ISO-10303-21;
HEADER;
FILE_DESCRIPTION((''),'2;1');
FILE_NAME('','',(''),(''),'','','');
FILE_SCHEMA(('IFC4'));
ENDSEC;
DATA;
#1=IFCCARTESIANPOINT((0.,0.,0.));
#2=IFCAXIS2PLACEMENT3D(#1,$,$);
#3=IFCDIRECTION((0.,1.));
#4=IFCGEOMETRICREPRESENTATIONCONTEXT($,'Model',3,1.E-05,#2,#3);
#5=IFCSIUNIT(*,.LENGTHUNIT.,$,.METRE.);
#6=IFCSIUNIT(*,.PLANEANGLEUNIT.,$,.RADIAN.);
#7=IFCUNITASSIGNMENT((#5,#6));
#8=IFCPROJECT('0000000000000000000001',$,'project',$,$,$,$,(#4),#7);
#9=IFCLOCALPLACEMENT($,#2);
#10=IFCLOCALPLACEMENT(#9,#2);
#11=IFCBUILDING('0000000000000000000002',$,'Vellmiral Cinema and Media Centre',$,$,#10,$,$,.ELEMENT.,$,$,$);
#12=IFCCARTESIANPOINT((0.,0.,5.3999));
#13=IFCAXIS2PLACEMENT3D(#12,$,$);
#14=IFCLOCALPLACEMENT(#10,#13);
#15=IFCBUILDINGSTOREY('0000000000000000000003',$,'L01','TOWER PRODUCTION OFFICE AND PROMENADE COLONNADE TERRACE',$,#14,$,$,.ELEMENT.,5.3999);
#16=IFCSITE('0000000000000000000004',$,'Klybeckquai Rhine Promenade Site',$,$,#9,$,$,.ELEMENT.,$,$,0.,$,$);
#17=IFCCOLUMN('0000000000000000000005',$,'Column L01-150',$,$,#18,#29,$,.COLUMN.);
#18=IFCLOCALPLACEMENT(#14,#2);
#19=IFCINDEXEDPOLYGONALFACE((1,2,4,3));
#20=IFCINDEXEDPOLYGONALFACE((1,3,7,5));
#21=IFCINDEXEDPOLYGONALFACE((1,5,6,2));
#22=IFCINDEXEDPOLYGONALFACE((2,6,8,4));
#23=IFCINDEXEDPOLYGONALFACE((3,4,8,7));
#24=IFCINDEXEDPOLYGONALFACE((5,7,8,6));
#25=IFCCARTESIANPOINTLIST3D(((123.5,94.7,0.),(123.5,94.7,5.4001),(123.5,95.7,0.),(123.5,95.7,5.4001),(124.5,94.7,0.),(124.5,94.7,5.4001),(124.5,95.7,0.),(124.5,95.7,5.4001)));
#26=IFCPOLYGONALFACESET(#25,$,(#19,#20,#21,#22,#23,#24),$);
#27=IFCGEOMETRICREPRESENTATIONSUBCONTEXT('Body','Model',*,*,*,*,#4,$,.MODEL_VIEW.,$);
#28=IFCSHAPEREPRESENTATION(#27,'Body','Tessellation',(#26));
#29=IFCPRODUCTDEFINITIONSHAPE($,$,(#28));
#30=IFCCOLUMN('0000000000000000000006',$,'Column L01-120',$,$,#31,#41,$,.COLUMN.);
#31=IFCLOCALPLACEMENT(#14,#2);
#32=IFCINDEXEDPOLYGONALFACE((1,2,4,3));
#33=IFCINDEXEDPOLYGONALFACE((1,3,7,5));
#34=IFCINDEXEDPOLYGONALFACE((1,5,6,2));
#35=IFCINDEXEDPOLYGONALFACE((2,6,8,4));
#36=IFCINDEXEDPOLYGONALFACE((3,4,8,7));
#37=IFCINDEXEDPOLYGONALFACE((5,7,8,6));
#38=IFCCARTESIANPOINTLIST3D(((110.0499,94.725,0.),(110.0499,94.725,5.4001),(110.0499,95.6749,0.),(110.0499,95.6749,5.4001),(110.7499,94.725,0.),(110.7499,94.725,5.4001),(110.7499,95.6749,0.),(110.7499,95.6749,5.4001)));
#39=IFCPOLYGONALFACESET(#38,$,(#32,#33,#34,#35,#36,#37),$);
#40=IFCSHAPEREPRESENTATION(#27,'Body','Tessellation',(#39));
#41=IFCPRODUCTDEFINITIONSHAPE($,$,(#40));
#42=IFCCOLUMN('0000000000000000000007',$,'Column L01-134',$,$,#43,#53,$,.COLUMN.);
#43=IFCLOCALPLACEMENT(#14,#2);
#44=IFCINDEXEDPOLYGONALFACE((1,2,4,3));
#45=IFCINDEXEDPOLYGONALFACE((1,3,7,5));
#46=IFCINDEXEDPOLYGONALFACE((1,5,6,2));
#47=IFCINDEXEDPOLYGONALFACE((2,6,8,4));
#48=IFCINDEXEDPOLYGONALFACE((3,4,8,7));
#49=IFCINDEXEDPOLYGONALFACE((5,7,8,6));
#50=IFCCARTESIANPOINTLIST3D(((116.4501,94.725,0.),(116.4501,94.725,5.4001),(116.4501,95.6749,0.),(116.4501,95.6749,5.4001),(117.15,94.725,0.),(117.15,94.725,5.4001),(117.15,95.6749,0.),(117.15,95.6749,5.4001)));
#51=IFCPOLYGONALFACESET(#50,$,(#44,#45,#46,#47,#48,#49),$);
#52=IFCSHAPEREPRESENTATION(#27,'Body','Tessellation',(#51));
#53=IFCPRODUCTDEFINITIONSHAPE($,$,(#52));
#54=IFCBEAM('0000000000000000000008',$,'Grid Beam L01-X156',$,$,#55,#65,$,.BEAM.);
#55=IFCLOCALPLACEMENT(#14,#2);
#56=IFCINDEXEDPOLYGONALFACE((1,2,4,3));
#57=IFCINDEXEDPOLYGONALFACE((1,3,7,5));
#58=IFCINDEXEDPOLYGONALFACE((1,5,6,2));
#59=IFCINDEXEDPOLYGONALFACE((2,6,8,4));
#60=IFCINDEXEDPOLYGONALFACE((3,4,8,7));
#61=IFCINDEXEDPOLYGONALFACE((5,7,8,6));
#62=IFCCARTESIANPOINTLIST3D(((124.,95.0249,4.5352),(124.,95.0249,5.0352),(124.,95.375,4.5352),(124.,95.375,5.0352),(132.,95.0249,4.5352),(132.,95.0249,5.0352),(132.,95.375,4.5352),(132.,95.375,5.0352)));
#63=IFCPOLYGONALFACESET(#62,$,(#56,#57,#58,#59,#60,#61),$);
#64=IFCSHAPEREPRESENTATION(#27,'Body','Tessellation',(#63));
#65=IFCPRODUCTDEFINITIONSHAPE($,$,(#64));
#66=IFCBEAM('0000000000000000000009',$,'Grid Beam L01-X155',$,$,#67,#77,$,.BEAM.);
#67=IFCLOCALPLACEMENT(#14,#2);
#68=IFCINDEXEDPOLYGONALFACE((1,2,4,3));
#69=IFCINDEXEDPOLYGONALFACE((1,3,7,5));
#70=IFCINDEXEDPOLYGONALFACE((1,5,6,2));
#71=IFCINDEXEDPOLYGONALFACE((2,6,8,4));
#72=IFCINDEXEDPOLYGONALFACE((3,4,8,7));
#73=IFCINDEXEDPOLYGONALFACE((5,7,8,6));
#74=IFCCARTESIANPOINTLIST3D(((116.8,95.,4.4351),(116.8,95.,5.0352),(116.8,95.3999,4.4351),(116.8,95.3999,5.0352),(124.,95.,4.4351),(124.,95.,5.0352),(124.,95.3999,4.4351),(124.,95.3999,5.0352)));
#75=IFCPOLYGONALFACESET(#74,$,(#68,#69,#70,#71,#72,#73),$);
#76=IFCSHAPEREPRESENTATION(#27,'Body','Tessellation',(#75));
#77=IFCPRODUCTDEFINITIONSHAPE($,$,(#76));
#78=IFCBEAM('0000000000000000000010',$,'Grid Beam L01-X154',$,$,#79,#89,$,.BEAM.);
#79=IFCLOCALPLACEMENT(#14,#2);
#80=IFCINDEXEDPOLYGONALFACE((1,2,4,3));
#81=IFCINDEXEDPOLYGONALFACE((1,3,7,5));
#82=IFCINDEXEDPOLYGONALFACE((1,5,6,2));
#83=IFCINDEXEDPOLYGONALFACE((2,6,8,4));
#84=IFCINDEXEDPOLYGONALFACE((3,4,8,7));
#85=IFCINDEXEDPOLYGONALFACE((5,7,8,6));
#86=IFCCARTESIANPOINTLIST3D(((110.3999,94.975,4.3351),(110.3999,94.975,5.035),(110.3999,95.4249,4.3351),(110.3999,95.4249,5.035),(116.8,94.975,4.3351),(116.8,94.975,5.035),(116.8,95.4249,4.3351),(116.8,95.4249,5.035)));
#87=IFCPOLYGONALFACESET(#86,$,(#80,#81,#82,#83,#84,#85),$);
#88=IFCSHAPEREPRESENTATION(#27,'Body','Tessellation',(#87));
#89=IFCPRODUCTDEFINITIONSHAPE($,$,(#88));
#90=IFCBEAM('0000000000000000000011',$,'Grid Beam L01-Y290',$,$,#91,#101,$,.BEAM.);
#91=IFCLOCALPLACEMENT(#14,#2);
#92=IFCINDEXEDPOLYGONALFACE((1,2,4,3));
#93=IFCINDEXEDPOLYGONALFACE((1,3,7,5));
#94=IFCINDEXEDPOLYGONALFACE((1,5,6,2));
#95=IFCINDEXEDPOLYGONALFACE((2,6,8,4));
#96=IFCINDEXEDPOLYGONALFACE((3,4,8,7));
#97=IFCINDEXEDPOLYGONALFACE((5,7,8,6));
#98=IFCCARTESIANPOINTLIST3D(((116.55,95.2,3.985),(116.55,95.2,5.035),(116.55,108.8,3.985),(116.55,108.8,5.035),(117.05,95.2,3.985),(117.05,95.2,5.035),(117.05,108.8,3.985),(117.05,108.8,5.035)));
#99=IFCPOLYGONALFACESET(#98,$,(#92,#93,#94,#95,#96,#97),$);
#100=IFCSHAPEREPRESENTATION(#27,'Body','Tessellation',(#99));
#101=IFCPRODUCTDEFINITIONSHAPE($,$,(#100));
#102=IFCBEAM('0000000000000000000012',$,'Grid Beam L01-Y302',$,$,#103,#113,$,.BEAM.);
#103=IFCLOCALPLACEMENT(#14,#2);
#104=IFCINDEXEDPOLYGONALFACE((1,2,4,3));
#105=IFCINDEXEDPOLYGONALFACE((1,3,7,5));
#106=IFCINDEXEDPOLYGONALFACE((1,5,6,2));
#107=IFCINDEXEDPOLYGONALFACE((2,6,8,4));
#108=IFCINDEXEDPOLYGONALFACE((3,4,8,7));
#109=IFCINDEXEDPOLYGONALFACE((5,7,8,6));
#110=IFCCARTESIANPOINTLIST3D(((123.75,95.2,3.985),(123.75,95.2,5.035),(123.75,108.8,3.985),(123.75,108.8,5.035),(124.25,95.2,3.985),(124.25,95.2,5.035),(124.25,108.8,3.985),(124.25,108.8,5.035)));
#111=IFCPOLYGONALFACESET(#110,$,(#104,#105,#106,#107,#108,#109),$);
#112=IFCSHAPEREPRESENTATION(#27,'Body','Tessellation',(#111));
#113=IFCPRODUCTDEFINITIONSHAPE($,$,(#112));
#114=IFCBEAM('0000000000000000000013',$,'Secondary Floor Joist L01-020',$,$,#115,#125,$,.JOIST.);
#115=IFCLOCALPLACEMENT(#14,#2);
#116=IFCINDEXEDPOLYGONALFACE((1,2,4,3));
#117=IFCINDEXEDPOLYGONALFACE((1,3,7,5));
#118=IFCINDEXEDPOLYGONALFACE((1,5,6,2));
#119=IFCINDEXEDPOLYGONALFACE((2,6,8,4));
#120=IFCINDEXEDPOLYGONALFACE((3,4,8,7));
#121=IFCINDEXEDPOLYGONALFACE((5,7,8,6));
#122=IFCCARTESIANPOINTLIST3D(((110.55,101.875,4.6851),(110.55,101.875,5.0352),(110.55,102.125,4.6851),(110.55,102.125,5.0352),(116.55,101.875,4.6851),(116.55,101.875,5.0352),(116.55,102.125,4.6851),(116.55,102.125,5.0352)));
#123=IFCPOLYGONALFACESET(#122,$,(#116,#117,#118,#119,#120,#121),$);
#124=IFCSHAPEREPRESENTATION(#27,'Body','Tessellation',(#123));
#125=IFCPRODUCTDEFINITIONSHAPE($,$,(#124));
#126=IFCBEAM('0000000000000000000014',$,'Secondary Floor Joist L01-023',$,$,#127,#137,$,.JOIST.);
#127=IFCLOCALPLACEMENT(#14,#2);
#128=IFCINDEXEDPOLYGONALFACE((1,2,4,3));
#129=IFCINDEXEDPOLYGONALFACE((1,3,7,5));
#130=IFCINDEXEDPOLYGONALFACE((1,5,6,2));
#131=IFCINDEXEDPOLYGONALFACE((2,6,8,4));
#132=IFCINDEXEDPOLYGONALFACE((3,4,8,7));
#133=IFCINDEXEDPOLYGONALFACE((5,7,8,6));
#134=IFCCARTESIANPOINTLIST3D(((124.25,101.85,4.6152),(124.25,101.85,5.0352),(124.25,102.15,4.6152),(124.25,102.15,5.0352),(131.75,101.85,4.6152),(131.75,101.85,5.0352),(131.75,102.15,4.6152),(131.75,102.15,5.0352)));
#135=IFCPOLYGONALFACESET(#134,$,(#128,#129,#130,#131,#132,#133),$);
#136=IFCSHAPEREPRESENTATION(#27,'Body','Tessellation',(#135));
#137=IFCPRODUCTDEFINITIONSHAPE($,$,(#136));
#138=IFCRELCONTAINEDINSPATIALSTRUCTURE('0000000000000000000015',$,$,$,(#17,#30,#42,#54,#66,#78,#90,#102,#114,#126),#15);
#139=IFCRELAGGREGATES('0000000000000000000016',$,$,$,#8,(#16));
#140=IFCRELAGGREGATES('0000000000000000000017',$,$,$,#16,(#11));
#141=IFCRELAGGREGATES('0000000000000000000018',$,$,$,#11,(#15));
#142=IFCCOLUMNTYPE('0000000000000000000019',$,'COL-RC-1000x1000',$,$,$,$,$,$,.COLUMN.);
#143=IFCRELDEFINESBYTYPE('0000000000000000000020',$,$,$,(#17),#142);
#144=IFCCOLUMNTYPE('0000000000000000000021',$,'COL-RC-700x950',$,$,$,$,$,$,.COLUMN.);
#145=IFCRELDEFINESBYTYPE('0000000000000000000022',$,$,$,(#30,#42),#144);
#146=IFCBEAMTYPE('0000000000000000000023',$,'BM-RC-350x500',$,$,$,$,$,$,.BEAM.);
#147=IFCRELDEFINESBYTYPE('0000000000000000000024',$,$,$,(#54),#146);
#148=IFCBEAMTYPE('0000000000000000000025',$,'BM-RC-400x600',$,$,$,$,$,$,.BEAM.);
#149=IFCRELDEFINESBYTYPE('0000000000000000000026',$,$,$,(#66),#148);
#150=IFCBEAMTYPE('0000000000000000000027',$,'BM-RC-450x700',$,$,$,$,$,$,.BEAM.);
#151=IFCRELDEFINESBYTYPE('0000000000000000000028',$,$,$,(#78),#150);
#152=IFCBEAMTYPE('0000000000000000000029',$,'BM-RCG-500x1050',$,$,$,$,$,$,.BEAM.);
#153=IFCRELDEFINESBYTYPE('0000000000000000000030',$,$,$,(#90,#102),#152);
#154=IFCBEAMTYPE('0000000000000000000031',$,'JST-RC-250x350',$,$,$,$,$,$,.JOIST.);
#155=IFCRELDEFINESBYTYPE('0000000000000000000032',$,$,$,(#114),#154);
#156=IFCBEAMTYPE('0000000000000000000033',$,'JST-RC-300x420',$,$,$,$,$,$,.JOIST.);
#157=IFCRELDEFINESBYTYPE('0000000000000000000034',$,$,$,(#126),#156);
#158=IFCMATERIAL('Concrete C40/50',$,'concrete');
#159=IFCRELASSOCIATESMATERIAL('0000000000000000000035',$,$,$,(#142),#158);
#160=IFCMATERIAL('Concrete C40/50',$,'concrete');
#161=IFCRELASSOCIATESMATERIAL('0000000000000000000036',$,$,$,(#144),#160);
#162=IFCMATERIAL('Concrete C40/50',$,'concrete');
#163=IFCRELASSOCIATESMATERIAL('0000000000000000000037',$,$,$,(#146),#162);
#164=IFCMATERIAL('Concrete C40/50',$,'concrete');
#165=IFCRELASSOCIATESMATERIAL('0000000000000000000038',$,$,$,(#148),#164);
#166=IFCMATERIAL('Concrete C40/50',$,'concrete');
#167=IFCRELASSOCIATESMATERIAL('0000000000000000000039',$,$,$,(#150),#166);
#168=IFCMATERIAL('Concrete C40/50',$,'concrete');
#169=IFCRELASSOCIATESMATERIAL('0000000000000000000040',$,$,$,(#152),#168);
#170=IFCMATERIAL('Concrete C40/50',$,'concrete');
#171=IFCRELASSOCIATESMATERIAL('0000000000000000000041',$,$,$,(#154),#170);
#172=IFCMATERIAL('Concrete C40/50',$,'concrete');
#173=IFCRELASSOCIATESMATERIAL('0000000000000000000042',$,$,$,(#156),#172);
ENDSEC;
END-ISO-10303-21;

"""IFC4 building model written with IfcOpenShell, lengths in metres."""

from ifc_helpers import new_model, si_unit, direction, frame, origin, origin_2d, place, context, subcontext, project, spatial, rectangle, extrude, material, material_profile, profile_set, type_object, element, save


model = new_model("IFC4")

# Units and contexts
model_context = context("Model", 3, precision=1e-05, world=origin(), true_north=direction((0.0, 1.0)))
body_context = subcontext(model_context, "Body", "Model", "MODEL_VIEW")
ifc_project = project(units=[si_unit("LENGTHUNIT", "METRE"), si_unit("PLANEANGLEUNIT", "RADIAN")], contexts=[model_context])

# Site, building, storey
site_placement = place(None, origin())
site = spatial("IfcSite", under=ifc_project, at=site_placement, Name="Klybeckquai Rhine Promenade Site", CompositionType="ELEMENT", RefElevation=0.0)
building_placement = place(site_placement, origin())
building = spatial("IfcBuilding", under=site, at=building_placement, Name="Vellmiral Cinema and Media Centre", CompositionType="ELEMENT")
storey_placement = place(building_placement, frame((0.0, 0.0, 5.3999)))
storey = spatial("IfcBuildingStorey", under=building, at=storey_placement, Name="L01", Description="TOWER PRODUCTION OFFICE AND PROMENADE COLONNADE TERRACE", CompositionType="ELEMENT", Elevation=5.3999)

# Columns
ifc_material_1 = material(Name="Concrete C40/50", Category="concrete")
ifc_material_profile_1 = material_profile(ifc_material_1, rectangle(XDim=1.0, YDim=1.0, at=origin_2d()), Name="RC 1000x1000")
ifc_profile_set_1 = profile_set([ifc_material_profile_1], Name="Concrete C40/50")
column_type_1 = type_object("IfcColumnType", Name="COL-RC-1000x1000", PredefinedType="COLUMN", material=ifc_profile_set_1)
column_placement = place(storey_placement, frame((124.0, 95.2, 0.0), z_axis=(0.0, 0.0, 1.0), x_axis=(1.0, 0.0, 0.0)))
element("IfcColumn", 1, at=column_placement, inside=storey, type_object=column_type_1, Name="Column L01-150", PredefinedType="COLUMN", context=body_context, shape_type="SweptSolid", body=[
    extrude(rectangle(XDim=1.0, YDim=1.0, at=origin_2d()), origin(), (0.0, 0.0, 1.0), 5.4001),
])
ifc_material_2 = material(Name="Concrete C40/50", Category="concrete")
ifc_material_profile_2 = material_profile(ifc_material_2, rectangle(XDim=0.7, YDim=0.95, at=origin_2d()), Name="RC 700x950")
ifc_profile_set_2 = profile_set([ifc_material_profile_2], Name="Concrete C40/50")
column_type_2 = type_object("IfcColumnType", Name="COL-RC-700x950", PredefinedType="COLUMN", material=ifc_profile_set_2)
for number, where, z_axis, x_axis, name in (
    (2, (110.3999, 95.2, 0.0), (0.0, 0.0, 1.0), (1.0, 0.0, 0.0), "Column L01-120"),
    (3, (116.8, 95.2, 0.0), (0.0, 0.0, 1.0), (1.0, 0.0, 0.0), "Column L01-134"),
):
    element("IfcColumn", number, at=place(storey_placement, frame(where, z_axis=z_axis, x_axis=x_axis)), inside=storey, type_object=column_type_2, Name=name, PredefinedType="COLUMN", context=body_context, shape_type="SweptSolid", body=[
        extrude(rectangle(XDim=0.7, YDim=0.95, at=origin_2d()), origin(), (0.0, 0.0, 1.0), 5.4001),
    ])

# Beams
ifc_material_3 = material(Name="Concrete C40/50", Category="concrete")
ifc_material_profile_3 = material_profile(ifc_material_3, rectangle(XDim=0.3501, YDim=0.5, at=origin_2d()), Name="RC 350x500")
ifc_profile_set_3 = profile_set([ifc_material_profile_3], Name="Concrete C40/50")
beam_type_1 = type_object("IfcBeamType", Name="BM-RC-350x500", PredefinedType="BEAM", material=ifc_profile_set_3)
beam_1_placement = place(storey_placement, frame((124.0, 95.2, 4.7852), z_axis=(1.0, 0.0, 0.0), x_axis=(0.0, 1.0, 0.0)))
element("IfcBeam", 4, at=beam_1_placement, inside=storey, type_object=beam_type_1, Name="Grid Beam L01-X156", PredefinedType="BEAM", context=body_context, shape_type="SweptSolid", body=[
    extrude(rectangle(XDim=0.3501, YDim=0.5, at=origin_2d()), origin(), (0.0, 0.0, 1.0), 8.0),
])
ifc_material_4 = material(Name="Concrete C40/50", Category="concrete")
ifc_material_profile_4 = material_profile(ifc_material_4, rectangle(XDim=0.3999, YDim=0.6001, at=origin_2d()), Name="RC 400x600")
ifc_profile_set_4 = profile_set([ifc_material_profile_4], Name="Concrete C40/50")
beam_type_2 = type_object("IfcBeamType", Name="BM-RC-400x600", PredefinedType="BEAM", material=ifc_profile_set_4)
beam_2_placement = place(storey_placement, frame((116.8, 95.2, 4.7351), z_axis=(1.0, 0.0, 0.0), x_axis=(0.0, 1.0, 0.0)))
element("IfcBeam", 5, at=beam_2_placement, inside=storey, type_object=beam_type_2, Name="Grid Beam L01-X155", PredefinedType="BEAM", context=body_context, shape_type="SweptSolid", body=[
    extrude(rectangle(XDim=0.3999, YDim=0.6001, at=origin_2d()), origin(), (0.0, 0.0, 1.0), 7.2),
])
ifc_material_5 = material(Name="Concrete C40/50", Category="concrete")
ifc_material_profile_5 = material_profile(ifc_material_5, rectangle(XDim=0.45, YDim=0.7, at=origin_2d()), Name="RC 450x700")
ifc_profile_set_5 = profile_set([ifc_material_profile_5], Name="Concrete C40/50")
beam_type_3 = type_object("IfcBeamType", Name="BM-RC-450x700", PredefinedType="BEAM", material=ifc_profile_set_5)
beam_3_placement = place(storey_placement, frame((110.3999, 95.2, 4.6851), z_axis=(1.0, 0.0, 0.0), x_axis=(0.0, 1.0, 0.0)))
element("IfcBeam", 6, at=beam_3_placement, inside=storey, type_object=beam_type_3, Name="Grid Beam L01-X154", PredefinedType="BEAM", context=body_context, shape_type="SweptSolid", body=[
    extrude(rectangle(XDim=0.45, YDim=0.7, at=origin_2d()), origin(), (0.0, 0.0, 1.0), 6.4001),
])
ifc_material_6 = material(Name="Concrete C40/50", Category="concrete")
ifc_material_profile_6 = material_profile(ifc_material_6, rectangle(XDim=0.5, YDim=1.05, at=origin_2d()), Name="RC 500x1050")
ifc_profile_set_6 = profile_set([ifc_material_profile_6], Name="Concrete C40/50")
beam_type_4 = type_object("IfcBeamType", Name="BM-RCG-500x1050", PredefinedType="BEAM", material=ifc_profile_set_6)
for number, where, z_axis, x_axis, name in (
    (7, (116.8, 95.2, 4.51), (0.0, 1.0, 0.0), (-1.0, 0.0, 0.0), "Grid Beam L01-Y290"),
    (8, (124.0, 95.2, 4.51), (0.0, 1.0, 0.0), (-1.0, 0.0, 0.0), "Grid Beam L01-Y302"),
):
    element("IfcBeam", number, at=place(storey_placement, frame(where, z_axis=z_axis, x_axis=x_axis)), inside=storey, type_object=beam_type_4, Name=name, PredefinedType="BEAM", context=body_context, shape_type="SweptSolid", body=[
        extrude(rectangle(XDim=0.5, YDim=1.05, at=origin_2d()), origin(), (0.0, 0.0, 1.0), 13.6001),
    ])
ifc_material_7 = material(Name="Concrete C40/50", Category="concrete")
ifc_material_profile_7 = material_profile(ifc_material_7, rectangle(XDim=0.25, YDim=0.3501, at=origin_2d()), Name="RC 250x350")
ifc_profile_set_7 = profile_set([ifc_material_profile_7], Name="Concrete C40/50")
beam_type_5 = type_object("IfcBeamType", Name="JST-RC-250x350", PredefinedType="JOIST", material=ifc_profile_set_7)
beam_4_placement = place(storey_placement, frame((110.55, 102.0, 4.8601), z_axis=(1.0, 0.0, 0.0), x_axis=(0.0, 1.0, 0.0)))
element("IfcBeam", 9, at=beam_4_placement, inside=storey, type_object=beam_type_5, Name="Secondary Floor Joist L01-020", PredefinedType="JOIST", context=body_context, shape_type="SweptSolid", body=[
    extrude(rectangle(XDim=0.25, YDim=0.3501, at=origin_2d()), origin(), (0.0, 0.0, 1.0), 6.0),
])
ifc_material_8 = material(Name="Concrete C40/50", Category="concrete")
ifc_material_profile_8 = material_profile(ifc_material_8, rectangle(XDim=0.3, YDim=0.4199, at=origin_2d()), Name="RC 300x420")
ifc_profile_set_8 = profile_set([ifc_material_profile_8], Name="Concrete C40/50")
beam_type_6 = type_object("IfcBeamType", Name="JST-RC-300x420", PredefinedType="JOIST", material=ifc_profile_set_8)
beam_5_placement = place(storey_placement, frame((124.25, 102.0, 4.8252), z_axis=(1.0, 0.0, 0.0), x_axis=(0.0, 1.0, 0.0)))
element("IfcBeam", 10, at=beam_5_placement, inside=storey, type_object=beam_type_6, Name="Secondary Floor Joist L01-023", PredefinedType="JOIST", context=body_context, shape_type="SweptSolid", body=[
    extrude(rectangle(XDim=0.3, YDim=0.4199, at=origin_2d()), origin(), (0.0, 0.0, 1.0), 7.5),
])

save(model, "model.ifc")
